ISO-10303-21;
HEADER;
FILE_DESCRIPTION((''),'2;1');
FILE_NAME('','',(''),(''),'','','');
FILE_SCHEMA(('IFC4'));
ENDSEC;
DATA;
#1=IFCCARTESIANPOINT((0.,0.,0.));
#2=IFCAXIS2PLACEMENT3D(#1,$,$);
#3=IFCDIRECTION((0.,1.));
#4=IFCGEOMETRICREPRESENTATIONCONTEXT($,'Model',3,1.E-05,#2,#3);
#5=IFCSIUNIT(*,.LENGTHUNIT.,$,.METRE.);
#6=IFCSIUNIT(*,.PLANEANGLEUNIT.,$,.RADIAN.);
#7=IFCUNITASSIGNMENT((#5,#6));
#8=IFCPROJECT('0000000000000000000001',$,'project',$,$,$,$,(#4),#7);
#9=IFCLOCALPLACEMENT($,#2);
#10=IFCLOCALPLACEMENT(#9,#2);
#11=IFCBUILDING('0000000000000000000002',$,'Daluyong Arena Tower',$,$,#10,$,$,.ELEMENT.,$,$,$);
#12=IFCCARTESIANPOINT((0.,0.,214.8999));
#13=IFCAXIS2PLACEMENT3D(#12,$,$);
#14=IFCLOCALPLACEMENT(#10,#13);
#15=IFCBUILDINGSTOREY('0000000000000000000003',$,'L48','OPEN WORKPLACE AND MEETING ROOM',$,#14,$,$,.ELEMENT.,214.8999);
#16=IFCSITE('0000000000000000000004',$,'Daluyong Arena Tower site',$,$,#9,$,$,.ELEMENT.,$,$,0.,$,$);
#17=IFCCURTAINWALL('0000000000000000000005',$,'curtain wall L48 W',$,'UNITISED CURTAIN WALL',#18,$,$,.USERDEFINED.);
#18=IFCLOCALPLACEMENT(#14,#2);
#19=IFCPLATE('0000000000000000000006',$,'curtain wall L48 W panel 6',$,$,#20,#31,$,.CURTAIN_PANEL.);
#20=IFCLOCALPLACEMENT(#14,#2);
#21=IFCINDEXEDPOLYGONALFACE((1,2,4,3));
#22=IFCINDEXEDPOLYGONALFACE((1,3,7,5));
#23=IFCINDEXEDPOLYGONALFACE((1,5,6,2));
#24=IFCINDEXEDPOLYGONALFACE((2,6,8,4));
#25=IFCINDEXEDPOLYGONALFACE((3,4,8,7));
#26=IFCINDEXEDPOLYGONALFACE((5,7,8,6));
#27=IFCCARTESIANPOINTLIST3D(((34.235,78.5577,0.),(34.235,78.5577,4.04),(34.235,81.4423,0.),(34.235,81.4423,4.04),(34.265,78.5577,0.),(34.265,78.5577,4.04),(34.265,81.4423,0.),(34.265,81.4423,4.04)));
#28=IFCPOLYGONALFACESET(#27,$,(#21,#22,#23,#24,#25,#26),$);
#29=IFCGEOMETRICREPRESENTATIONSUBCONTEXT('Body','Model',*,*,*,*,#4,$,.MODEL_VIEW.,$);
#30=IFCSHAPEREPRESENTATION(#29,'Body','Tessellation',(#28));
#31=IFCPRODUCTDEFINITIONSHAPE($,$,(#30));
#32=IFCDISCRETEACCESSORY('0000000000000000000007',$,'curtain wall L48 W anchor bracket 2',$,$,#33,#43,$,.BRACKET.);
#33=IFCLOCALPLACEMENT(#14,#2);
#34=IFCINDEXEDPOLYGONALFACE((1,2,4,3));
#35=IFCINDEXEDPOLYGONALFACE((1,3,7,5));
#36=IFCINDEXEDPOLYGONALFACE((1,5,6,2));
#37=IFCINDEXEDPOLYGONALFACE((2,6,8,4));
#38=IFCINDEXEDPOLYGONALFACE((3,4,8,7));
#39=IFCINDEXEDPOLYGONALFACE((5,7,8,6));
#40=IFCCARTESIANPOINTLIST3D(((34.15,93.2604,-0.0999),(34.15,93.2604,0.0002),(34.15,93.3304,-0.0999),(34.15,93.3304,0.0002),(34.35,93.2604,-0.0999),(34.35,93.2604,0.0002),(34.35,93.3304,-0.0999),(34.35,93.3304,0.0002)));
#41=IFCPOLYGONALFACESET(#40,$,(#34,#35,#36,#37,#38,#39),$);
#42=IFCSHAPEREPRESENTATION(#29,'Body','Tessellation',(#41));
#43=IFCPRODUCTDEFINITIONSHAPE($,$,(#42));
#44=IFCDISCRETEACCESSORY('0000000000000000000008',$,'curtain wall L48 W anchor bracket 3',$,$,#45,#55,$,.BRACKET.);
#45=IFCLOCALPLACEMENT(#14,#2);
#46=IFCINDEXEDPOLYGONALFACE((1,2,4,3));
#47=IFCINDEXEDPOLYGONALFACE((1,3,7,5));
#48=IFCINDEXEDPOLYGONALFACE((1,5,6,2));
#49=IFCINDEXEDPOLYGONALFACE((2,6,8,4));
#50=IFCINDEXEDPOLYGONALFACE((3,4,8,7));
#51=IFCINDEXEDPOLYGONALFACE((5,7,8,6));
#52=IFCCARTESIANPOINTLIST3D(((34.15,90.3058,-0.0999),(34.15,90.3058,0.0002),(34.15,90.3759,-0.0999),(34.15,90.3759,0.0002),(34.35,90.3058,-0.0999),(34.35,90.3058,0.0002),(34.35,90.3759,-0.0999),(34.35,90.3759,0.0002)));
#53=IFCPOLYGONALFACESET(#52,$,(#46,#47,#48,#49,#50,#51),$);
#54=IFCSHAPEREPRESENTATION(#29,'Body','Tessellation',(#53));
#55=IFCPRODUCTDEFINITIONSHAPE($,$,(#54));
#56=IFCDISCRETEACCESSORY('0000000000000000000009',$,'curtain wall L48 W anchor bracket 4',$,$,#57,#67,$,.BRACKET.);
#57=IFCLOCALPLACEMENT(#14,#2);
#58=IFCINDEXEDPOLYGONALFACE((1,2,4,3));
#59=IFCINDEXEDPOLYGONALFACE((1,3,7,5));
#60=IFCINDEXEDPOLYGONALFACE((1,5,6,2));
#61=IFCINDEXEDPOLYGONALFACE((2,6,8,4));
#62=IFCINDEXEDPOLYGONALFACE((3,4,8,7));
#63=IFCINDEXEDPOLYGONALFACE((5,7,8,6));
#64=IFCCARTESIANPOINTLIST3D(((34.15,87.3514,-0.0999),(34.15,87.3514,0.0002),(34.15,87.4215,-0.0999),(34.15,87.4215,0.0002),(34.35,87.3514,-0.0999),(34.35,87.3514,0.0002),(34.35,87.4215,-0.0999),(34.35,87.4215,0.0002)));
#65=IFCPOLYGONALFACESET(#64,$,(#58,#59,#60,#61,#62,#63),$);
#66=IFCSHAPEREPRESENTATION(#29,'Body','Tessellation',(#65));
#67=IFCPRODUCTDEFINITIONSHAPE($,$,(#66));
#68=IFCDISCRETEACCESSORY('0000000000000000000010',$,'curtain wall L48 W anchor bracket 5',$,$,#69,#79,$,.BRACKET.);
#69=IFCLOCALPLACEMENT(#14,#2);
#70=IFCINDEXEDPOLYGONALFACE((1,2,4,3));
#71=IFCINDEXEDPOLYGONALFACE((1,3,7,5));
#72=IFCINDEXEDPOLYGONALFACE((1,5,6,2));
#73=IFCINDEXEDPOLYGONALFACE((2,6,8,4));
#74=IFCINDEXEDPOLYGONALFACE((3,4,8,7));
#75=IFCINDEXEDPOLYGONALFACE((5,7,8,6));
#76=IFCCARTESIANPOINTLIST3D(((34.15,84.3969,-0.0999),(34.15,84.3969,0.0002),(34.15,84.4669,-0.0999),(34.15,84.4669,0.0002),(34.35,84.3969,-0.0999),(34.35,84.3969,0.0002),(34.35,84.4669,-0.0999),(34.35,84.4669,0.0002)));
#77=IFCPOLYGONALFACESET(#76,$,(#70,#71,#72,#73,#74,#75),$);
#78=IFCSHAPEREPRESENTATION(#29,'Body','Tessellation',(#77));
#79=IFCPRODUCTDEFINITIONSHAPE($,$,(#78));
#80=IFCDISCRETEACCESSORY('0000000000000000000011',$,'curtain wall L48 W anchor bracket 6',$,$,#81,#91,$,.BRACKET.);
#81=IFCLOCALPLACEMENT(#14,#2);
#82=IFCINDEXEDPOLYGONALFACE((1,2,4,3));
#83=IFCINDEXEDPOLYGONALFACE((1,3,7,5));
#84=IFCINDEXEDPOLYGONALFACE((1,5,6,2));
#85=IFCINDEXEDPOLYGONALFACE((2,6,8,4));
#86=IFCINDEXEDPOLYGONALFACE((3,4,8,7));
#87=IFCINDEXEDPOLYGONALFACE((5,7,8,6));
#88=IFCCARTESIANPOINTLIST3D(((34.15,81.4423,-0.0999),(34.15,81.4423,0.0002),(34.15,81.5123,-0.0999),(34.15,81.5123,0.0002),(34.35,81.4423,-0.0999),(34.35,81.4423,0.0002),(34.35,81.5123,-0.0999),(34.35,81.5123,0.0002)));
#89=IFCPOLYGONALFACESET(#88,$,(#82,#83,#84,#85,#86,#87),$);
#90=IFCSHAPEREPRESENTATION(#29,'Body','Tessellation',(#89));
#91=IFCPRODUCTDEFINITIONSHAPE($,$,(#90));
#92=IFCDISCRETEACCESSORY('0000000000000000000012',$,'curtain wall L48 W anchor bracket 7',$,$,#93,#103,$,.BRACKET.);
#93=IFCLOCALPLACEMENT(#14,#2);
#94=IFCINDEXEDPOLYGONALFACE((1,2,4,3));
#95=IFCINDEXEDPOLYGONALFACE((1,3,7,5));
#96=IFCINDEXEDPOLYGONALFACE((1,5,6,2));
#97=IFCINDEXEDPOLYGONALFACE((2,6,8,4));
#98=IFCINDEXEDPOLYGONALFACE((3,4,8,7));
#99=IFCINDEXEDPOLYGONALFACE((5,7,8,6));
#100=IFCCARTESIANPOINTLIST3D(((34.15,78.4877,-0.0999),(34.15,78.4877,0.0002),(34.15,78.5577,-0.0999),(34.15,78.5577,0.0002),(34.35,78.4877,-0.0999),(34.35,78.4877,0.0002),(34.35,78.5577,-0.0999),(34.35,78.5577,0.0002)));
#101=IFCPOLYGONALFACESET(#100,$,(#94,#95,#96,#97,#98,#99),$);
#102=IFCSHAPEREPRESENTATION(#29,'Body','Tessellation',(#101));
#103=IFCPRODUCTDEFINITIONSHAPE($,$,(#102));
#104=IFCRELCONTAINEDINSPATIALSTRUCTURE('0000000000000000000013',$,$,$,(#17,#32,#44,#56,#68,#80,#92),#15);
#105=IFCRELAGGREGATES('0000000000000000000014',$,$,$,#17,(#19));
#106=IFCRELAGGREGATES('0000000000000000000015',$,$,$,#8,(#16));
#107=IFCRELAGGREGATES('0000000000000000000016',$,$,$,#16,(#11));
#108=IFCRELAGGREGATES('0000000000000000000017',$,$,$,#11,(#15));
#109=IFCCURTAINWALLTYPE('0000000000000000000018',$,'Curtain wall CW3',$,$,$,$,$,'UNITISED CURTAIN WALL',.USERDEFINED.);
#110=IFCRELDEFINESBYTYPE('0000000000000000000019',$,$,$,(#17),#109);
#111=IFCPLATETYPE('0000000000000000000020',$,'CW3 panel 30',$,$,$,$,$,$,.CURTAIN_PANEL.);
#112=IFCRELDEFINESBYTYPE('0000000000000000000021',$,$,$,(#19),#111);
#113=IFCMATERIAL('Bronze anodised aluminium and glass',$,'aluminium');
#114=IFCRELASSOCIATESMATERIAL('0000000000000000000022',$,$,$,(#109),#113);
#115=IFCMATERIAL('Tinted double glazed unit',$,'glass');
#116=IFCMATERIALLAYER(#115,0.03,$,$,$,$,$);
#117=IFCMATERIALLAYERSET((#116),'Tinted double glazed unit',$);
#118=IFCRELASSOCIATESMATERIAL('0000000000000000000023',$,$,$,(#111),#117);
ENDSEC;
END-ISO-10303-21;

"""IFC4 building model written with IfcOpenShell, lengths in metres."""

from ifc_helpers import new_model, si_unit, direction, frame, origin, origin_2d, place, context, subcontext, project, spatial, rectangle, extrude, material, layer, layer_set, type_object, element, aggregate, save


model = new_model("IFC4")

# Units and contexts
model_context = context("Model", 3, precision=1e-05, world=origin(), true_north=direction((0.0, 1.0)))
body_context = subcontext(model_context, "Body", "Model", "MODEL_VIEW")
ifc_project = project(units=[si_unit("LENGTHUNIT", "METRE"), si_unit("PLANEANGLEUNIT", "RADIAN")], contexts=[model_context])

# Site, building, storey
site_placement = place(None, origin())
site = spatial("IfcSite", under=ifc_project, at=site_placement, Name="Daluyong Arena Tower site", CompositionType="ELEMENT", RefElevation=0.0)
building_placement = place(site_placement, origin())
building = spatial("IfcBuilding", under=site, at=building_placement, Name="Daluyong Arena Tower", CompositionType="ELEMENT")
storey_placement = place(building_placement, frame((0.0, 0.0, 214.8999)))
storey = spatial("IfcBuildingStorey", under=building, at=storey_placement, Name="L48", Description="OPEN WORKPLACE AND MEETING ROOM", CompositionType="ELEMENT", Elevation=214.8999)

# Curtain wall
ifc_material_1 = material(Name="Bronze anodised aluminium and glass", Category="aluminium")
curtain_wall_type = type_object("IfcCurtainWallType", Name="Curtain wall CW3", ElementType="UNITISED CURTAIN WALL", PredefinedType="USERDEFINED", material=ifc_material_1)
curtain_wall_placement = place(storey_placement, origin())
curtain_wall = element("IfcCurtainWall", 1, at=curtain_wall_placement, inside=storey, type_object=curtain_wall_type, Name="curtain wall L48 W", ObjectType="UNITISED CURTAIN WALL", PredefinedType="USERDEFINED")

# Plate
ifc_material_2 = material(Name="Tinted double glazed unit", Category="glass")
ifc_layer = layer(ifc_material_2, 0.03)
ifc_layer_set = layer_set([ifc_layer], Name="Tinted double glazed unit")
plate_type = type_object("IfcPlateType", Name="CW3 panel 30", PredefinedType="CURTAIN_PANEL", material=ifc_layer_set)
plate_1_placement = place(storey_placement, frame((34.25, 80.0, 0.0), z_axis=(0.0, 0.0, 1.0), x_axis=(0.0, -1.0, 0.0)))
plate_1 = element("IfcPlate", 2, at=plate_1_placement, type_object=plate_type, Name="curtain wall L48 W panel 6", PredefinedType="CURTAIN_PANEL", context=body_context, shape_type="SweptSolid", body=[
    extrude(rectangle(XDim=2.8845, YDim=0.03, at=origin_2d()), origin(), (0.0, 0.0, 1.0), 4.04),
])
aggregate(curtain_wall, [plate_1])

# Discrete accessories
for number, where, z_axis, x_axis, name in (
    (3, (34.25, 93.2954, -0.0999), (0.0, 0.0, 1.0), (0.0, -1.0, 0.0), "curtain wall L48 W anchor bracket 2"),
    (4, (34.25, 90.3408, -0.0999), (0.0, 0.0, 1.0), (0.0, -1.0, 0.0), "curtain wall L48 W anchor bracket 3"),
    (5, (34.25, 87.3865, -0.0999), (0.0, 0.0, 1.0), (0.0, -1.0, 0.0), "curtain wall L48 W anchor bracket 4"),
    (6, (34.25, 84.4319, -0.0999), (0.0, 0.0, 1.0), (0.0, -1.0, 0.0), "curtain wall L48 W anchor bracket 5"),
    (7, (34.25, 81.4773, -0.0999), (0.0, 0.0, 1.0), (0.0, -1.0, 0.0), "curtain wall L48 W anchor bracket 6"),
    (8, (34.25, 78.5227, -0.0999), (0.0, 0.0, 1.0), (0.0, -1.0, 0.0), "curtain wall L48 W anchor bracket 7"),
):
    element("IfcDiscreteAccessory", number, at=place(storey_placement, frame(where, z_axis=z_axis, x_axis=x_axis)), inside=storey, Name=name, PredefinedType="BRACKET", context=body_context, shape_type="SweptSolid", body=[
        extrude(rectangle(XDim=0.0701, YDim=0.2, at=origin_2d()), origin(), (0.0, 0.0, 1.0), 0.1001),
    ])

save(model, "model.ifc")
